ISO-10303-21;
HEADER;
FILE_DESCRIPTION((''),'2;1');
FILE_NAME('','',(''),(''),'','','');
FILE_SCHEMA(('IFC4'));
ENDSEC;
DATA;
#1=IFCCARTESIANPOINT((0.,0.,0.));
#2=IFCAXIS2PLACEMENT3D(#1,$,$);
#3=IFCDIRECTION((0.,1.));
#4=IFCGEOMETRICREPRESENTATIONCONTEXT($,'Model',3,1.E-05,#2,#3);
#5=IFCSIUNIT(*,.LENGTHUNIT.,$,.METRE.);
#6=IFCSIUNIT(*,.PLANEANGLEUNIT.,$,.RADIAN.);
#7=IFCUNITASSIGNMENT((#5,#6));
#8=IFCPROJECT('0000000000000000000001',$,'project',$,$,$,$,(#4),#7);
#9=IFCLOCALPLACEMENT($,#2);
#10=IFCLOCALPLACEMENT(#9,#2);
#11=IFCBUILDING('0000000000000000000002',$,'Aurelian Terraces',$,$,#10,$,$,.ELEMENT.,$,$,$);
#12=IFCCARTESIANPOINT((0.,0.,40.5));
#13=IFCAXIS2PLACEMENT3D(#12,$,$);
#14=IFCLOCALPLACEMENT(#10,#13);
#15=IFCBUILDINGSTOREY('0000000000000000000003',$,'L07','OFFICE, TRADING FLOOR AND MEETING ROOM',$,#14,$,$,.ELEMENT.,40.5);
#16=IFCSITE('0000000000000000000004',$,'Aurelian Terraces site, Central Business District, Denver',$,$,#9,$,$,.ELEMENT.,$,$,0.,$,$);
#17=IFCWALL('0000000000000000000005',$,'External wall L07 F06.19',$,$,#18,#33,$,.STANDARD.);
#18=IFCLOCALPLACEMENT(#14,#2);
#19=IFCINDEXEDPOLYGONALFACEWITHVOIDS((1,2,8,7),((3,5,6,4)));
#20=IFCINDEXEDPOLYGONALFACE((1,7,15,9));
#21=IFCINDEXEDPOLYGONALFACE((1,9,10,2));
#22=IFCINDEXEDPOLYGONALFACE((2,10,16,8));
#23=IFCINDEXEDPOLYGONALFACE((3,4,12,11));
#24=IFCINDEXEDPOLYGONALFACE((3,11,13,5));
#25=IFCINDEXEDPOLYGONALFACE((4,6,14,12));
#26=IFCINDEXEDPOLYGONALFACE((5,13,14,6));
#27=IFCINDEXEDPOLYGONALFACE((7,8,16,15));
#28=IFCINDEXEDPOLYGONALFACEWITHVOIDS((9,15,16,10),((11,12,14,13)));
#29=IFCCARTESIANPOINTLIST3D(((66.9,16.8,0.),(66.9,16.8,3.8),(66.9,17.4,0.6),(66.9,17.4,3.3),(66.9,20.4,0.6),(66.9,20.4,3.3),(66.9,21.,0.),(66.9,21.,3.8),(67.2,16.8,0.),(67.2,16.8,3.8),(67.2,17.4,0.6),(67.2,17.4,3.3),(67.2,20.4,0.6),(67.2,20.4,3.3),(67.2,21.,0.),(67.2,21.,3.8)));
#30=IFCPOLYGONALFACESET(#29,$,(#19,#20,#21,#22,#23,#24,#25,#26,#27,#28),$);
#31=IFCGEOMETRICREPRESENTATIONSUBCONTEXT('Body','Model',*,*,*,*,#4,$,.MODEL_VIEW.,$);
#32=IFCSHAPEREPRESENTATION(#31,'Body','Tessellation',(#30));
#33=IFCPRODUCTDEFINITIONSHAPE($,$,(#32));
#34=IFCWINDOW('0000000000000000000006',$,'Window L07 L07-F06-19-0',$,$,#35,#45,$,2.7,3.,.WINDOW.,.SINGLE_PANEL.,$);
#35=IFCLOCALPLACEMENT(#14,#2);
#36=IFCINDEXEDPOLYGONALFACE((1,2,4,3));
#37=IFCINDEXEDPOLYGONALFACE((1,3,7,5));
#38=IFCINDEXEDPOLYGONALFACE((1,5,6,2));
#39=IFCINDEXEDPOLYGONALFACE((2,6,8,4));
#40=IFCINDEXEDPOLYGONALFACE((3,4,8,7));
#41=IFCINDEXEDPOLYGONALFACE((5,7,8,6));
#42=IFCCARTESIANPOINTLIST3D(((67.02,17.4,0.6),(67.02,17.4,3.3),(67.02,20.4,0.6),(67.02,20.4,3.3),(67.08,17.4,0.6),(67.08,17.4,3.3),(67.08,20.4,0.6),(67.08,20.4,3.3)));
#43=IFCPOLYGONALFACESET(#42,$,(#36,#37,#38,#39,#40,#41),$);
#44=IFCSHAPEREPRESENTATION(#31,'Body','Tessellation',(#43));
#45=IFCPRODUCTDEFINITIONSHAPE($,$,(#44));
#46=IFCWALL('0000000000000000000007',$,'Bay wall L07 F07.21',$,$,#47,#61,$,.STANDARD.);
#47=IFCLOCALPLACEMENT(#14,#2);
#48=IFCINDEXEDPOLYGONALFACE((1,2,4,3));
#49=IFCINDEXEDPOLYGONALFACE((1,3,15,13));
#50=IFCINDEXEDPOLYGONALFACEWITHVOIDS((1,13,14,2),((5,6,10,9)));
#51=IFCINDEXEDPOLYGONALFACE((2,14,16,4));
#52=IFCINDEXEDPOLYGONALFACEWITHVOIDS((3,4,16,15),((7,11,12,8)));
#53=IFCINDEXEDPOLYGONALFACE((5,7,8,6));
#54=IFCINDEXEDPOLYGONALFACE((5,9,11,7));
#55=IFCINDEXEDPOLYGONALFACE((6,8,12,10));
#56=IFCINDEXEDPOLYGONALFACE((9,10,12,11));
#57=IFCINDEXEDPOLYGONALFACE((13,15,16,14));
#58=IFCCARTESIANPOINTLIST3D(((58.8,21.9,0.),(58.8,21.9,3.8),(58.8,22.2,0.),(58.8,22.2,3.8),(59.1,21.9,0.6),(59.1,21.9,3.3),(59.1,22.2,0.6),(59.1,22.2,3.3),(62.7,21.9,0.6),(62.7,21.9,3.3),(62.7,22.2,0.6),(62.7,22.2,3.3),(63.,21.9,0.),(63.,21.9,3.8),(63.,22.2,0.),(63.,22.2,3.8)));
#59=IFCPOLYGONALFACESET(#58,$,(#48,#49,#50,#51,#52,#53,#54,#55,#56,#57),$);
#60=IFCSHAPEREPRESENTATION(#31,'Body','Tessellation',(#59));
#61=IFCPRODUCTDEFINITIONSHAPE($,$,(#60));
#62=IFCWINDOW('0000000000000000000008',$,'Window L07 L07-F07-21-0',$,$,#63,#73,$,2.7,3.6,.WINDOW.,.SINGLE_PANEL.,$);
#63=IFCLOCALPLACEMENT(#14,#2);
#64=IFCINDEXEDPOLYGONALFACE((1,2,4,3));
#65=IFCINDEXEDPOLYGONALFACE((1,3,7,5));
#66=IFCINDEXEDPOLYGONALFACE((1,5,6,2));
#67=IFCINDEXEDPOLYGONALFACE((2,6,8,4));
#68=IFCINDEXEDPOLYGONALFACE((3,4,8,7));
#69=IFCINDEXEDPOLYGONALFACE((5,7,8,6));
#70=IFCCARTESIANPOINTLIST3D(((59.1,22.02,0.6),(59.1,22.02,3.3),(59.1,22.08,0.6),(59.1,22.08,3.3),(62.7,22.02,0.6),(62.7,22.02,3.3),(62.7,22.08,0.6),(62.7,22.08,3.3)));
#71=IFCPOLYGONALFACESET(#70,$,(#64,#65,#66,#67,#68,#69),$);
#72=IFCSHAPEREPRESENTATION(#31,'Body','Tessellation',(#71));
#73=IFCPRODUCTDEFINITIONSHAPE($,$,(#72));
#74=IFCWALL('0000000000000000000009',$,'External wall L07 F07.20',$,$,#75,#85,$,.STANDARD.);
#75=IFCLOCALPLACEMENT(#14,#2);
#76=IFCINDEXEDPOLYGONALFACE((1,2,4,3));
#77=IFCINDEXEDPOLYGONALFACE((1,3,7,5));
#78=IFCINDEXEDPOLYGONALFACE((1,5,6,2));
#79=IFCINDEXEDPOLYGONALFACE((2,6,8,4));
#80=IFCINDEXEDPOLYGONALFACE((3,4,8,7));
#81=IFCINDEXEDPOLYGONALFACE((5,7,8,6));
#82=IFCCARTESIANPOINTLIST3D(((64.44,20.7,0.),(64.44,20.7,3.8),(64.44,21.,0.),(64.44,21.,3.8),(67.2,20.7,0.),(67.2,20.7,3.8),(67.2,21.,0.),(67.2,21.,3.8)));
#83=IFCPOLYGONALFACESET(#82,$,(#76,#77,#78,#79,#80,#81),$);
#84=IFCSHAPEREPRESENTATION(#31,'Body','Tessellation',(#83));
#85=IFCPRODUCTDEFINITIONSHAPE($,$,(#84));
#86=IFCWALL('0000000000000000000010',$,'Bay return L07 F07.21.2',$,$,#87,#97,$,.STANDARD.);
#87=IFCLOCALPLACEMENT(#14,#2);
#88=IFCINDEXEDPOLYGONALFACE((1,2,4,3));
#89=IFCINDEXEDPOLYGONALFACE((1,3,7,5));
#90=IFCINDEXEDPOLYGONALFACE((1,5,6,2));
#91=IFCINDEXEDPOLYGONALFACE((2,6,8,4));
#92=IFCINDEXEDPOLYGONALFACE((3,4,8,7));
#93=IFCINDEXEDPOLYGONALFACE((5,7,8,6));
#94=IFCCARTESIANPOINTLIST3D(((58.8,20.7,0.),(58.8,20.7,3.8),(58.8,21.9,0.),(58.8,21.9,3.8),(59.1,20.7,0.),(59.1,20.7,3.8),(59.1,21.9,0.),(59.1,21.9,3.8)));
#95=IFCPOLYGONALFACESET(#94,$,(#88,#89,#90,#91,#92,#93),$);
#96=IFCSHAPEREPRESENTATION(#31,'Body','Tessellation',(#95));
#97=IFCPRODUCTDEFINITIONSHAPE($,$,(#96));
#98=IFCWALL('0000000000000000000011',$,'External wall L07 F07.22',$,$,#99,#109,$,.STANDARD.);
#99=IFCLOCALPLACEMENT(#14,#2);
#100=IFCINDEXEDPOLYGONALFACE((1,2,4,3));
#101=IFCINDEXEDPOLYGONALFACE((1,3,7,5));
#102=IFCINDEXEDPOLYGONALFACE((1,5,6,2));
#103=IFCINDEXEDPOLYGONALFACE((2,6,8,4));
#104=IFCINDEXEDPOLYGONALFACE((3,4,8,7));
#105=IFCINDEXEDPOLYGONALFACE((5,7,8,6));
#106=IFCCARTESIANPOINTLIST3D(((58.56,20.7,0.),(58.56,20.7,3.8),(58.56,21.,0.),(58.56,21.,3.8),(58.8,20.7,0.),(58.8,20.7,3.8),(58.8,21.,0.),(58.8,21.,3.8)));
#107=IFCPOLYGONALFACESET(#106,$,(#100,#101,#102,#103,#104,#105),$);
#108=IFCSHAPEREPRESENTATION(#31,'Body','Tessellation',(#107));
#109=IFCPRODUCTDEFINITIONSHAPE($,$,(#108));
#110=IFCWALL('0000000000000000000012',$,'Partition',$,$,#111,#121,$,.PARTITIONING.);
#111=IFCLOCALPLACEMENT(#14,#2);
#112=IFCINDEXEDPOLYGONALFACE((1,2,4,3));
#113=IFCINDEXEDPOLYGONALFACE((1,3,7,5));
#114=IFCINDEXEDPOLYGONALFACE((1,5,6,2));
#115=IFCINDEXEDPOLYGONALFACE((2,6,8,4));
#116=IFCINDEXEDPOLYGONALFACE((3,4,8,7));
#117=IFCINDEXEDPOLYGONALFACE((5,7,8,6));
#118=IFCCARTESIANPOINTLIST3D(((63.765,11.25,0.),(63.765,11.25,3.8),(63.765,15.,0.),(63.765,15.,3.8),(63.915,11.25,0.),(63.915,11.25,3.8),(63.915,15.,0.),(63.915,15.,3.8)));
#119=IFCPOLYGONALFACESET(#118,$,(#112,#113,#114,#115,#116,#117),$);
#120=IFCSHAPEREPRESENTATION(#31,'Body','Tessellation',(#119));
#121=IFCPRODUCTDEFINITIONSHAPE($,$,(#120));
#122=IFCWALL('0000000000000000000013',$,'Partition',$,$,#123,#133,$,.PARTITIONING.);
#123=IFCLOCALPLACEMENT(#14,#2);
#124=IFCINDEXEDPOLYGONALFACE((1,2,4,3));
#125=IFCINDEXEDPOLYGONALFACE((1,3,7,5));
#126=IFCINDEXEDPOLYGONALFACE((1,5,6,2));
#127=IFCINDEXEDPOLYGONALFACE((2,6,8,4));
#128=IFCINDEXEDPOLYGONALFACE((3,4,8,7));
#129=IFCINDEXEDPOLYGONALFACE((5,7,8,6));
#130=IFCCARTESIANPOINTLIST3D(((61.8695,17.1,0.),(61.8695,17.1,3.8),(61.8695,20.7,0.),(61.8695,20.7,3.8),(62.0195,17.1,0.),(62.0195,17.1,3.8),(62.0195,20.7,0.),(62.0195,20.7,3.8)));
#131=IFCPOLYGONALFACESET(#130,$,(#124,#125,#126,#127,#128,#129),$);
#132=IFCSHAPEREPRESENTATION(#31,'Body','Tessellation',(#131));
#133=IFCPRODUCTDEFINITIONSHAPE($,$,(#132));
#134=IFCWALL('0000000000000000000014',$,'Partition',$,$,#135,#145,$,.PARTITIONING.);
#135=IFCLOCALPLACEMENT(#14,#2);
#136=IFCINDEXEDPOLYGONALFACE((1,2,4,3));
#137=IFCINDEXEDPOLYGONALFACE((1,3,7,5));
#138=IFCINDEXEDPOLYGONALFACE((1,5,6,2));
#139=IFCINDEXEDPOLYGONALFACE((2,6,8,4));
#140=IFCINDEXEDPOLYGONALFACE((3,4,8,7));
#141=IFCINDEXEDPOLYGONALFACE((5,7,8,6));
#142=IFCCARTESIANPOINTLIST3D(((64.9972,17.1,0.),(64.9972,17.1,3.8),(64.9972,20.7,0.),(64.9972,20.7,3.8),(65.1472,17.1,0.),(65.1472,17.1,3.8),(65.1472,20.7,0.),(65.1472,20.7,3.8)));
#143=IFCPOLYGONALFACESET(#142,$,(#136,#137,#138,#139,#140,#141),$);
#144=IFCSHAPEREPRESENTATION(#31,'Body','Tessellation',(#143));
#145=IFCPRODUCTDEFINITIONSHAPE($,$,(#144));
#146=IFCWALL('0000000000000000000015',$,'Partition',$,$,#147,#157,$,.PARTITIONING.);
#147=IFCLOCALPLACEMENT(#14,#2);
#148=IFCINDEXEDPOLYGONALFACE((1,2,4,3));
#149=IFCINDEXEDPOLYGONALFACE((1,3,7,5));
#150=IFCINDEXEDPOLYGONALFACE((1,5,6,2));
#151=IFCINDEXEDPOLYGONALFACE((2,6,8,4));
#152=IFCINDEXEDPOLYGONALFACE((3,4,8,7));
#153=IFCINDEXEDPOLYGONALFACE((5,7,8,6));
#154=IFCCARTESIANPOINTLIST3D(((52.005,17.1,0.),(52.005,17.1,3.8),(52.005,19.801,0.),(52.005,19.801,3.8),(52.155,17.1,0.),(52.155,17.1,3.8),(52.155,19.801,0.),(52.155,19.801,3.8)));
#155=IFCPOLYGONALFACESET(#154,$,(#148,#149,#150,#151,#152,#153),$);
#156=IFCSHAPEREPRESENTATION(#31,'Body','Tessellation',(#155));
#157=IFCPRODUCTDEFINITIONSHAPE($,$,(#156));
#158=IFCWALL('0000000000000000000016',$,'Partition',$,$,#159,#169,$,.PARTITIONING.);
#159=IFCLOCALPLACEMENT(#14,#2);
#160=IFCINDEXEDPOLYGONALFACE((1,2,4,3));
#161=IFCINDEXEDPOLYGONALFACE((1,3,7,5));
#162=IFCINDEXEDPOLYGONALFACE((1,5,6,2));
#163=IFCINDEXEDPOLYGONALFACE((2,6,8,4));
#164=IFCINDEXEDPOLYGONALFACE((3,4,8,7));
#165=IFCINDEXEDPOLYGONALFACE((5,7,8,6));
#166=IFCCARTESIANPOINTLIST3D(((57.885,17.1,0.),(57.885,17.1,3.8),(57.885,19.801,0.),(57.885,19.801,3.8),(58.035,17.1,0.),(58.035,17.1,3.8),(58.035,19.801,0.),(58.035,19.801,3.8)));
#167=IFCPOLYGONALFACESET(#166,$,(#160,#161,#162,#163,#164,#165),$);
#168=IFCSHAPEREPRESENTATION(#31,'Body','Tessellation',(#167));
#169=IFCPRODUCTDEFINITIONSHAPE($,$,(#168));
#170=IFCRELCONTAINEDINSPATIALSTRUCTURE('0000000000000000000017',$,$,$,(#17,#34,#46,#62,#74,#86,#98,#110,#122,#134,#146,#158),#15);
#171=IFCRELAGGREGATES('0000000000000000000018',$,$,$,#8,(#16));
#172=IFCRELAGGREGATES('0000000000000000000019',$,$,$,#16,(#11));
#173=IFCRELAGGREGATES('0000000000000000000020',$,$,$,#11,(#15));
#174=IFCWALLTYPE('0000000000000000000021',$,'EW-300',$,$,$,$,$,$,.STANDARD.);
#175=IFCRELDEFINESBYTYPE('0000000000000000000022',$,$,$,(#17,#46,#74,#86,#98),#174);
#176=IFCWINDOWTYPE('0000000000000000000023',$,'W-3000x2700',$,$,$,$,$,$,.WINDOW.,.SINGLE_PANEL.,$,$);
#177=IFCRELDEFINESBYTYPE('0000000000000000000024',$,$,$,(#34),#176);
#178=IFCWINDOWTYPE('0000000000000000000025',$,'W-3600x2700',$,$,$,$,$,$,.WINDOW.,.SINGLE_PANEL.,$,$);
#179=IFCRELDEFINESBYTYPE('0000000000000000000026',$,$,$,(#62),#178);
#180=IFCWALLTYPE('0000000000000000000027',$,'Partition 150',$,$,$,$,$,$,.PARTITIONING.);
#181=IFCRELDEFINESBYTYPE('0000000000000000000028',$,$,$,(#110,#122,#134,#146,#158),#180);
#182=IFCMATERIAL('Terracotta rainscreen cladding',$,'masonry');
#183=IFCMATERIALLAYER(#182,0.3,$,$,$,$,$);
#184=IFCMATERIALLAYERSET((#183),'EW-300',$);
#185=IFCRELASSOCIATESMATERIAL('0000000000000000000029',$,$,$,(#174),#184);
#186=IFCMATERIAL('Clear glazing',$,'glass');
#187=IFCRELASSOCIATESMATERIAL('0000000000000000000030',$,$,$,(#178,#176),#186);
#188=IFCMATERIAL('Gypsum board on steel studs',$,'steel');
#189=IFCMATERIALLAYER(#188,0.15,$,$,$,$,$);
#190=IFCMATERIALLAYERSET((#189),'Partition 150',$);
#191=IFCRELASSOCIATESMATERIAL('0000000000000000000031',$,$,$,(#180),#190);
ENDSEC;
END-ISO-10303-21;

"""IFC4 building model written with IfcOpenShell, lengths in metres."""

from ifc_helpers import new_model, si_unit, direction, frame, frame_2d, origin, place, context, subcontext, project, spatial, rectangle, extrude, source, transform, mapped, material, layer, layer_set, type_object, element, fill, save


model = new_model("IFC4")

# Units and contexts
model_context = context("Model", 3, precision=1e-05, world=origin(), true_north=direction((0.0, 1.0)))
body_context = subcontext(model_context, "Body", "Model", "MODEL_VIEW")
ifc_project = project(units=[si_unit("LENGTHUNIT", "METRE"), si_unit("PLANEANGLEUNIT", "RADIAN")], contexts=[model_context])

# Site, building, storey
site_placement = place(None, origin())
site = spatial("IfcSite", under=ifc_project, at=site_placement, Name="Aurelian Terraces site, Central Business District, Denver", CompositionType="ELEMENT", RefElevation=0.0)
building_placement = place(site_placement, origin())
building = spatial("IfcBuilding", under=site, at=building_placement, Name="Aurelian Terraces", CompositionType="ELEMENT")
storey_placement = place(building_placement, frame((0.0, 0.0, 40.5)))
storey = spatial("IfcBuildingStorey", under=building, at=storey_placement, Name="L07", Description="OFFICE, TRADING FLOOR AND MEETING ROOM", CompositionType="ELEMENT", Elevation=40.5)

# Shared definitions
ifc_material_1 = material(Name="Terracotta rainscreen cladding", Category="masonry")
ifc_layer_1 = layer(ifc_material_1, 0.3)
ifc_layer_set_1 = layer_set([ifc_layer_1], Name="EW-300")
wall_type_1 = type_object("IfcWallType", Name="EW-300", PredefinedType="STANDARD", material=ifc_layer_set_1)

# Walls, openings, windows
shared_shape_1 = source(origin(), body_context, "Body", "SweptSolid", [
    extrude(rectangle(XDim=3.6, YDim=2.7, at=frame_2d((1.8, 1.35))), frame((0.0, 0.16, 0.0), z_axis=(0.0, -1.0, 0.0), x_axis=(1.0, 0.0, 0.0)), (0.0, 0.0, 1.0), 0.32),
])
ifc_material_2 = material(Name="Clear glazing", Category="glass")
window_type_1 = type_object("IfcWindowType", Name="W-3600x2700", PartitioningType="SINGLE_PANEL", PredefinedType="WINDOW", material=ifc_material_2)
shared_shape_2 = source(origin(), body_context, "Body", "SweptSolid", [
    extrude(rectangle(XDim=3.6, YDim=2.7, at=frame_2d((1.8, 1.35))), frame((0.0, 0.03, 0.0), z_axis=(0.0, -1.0, 0.0), x_axis=(1.0, 0.0, 0.0)), (0.0, 0.0, 1.0), 0.06),
])
shared_shape_3 = source(origin(), body_context, "Body", "SweptSolid", [
    extrude(rectangle(XDim=4.2, YDim=0.3, at=frame_2d((2.1, 0.0))), origin(), (0.0, 0.0, 1.0), 3.8),
])
wall_1_placement = place(storey_placement, frame((67.05, 16.8, 0.0), z_axis=(0.0, 0.0, 1.0), x_axis=(0.0, 1.0, 0.0)))
wall_1 = element("IfcWall", 1, at=wall_1_placement, inside=storey, type_object=wall_type_1, Name="External wall L07 F06.19", PredefinedType="STANDARD", context=body_context, shape_type="MappedRepresentation", body=[
    mapped(shared_shape_3, transform((0.0, 0.0, 0.0), scale=1.0)),
])
shared_shape_4 = source(origin(), body_context, "Body", "SweptSolid", [
    extrude(rectangle(XDim=3.0, YDim=2.7, at=frame_2d((1.5, 1.35))), frame((0.0, 0.16, 0.0), z_axis=(0.0, -1.0, 0.0), x_axis=(1.0, 0.0, 0.0)), (0.0, 0.0, 1.0), 0.32),
])
opening_1_placement = place(wall_1_placement, frame((0.6, 0.0, 0.6)))
opening_1 = element("IfcOpeningElement", 2, at=opening_1_placement, cuts=wall_1, PredefinedType="OPENING", context=body_context, shape_type="MappedRepresentation", body=[
    mapped(shared_shape_4, transform((0.0, 0.0, 0.0), scale=1.0)),
])
window_type_2 = type_object("IfcWindowType", Name="W-3000x2700", PartitioningType="SINGLE_PANEL", PredefinedType="WINDOW", material=ifc_material_2)
shared_shape_5 = source(origin(), body_context, "Body", "SweptSolid", [
    extrude(rectangle(XDim=3.0, YDim=2.7, at=frame_2d((1.5, 1.35))), frame((0.0, 0.03, 0.0), z_axis=(0.0, -1.0, 0.0), x_axis=(1.0, 0.0, 0.0)), (0.0, 0.0, 1.0), 0.06),
])
window_1_placement = place(opening_1_placement, origin())
window_1 = element("IfcWindow", 3, at=window_1_placement, inside=storey, type_object=window_type_2, Name="Window L07 L07-F06-19-0", OverallHeight=2.7, OverallWidth=3.0, PartitioningType="SINGLE_PANEL", PredefinedType="WINDOW", context=body_context, shape_type="MappedRepresentation", body=[
    mapped(shared_shape_5, transform((0.0, 0.0, 0.0), scale=1.0)),
])
fill(opening_1, window_1)
wall_2_placement = place(storey_placement, frame((63.0, 22.05, 0.0), z_axis=(0.0, 0.0, 1.0), x_axis=(-1.0, 0.0, 0.0)))
wall_2 = element("IfcWall", 4, at=wall_2_placement, inside=storey, type_object=wall_type_1, Name="Bay wall L07 F07.21", PredefinedType="STANDARD", context=body_context, shape_type="MappedRepresentation", body=[
    mapped(shared_shape_3, transform((0.0, 0.0, 0.0), scale=1.0)),
])
opening_2_placement = place(wall_2_placement, frame((0.3, 0.0, 0.6)))
opening_2 = element("IfcOpeningElement", 5, at=opening_2_placement, cuts=wall_2, PredefinedType="OPENING", context=body_context, shape_type="MappedRepresentation", body=[
    mapped(shared_shape_1, transform((0.0, 0.0, 0.0), scale=1.0)),
])
window_2_placement = place(opening_2_placement, origin())
window_2 = element("IfcWindow", 6, at=window_2_placement, inside=storey, type_object=window_type_1, Name="Window L07 L07-F07-21-0", OverallHeight=2.7, OverallWidth=3.6, PartitioningType="SINGLE_PANEL", PredefinedType="WINDOW", context=body_context, shape_type="MappedRepresentation", body=[
    mapped(shared_shape_2, transform((0.0, 0.0, 0.0), scale=1.0)),
])
fill(opening_2, window_2)

# Walls
shared_shape_6 = source(origin(), body_context, "Body", "SweptSolid", [
    extrude(rectangle(XDim=2.76, YDim=0.3, at=frame_2d((1.38, 0.0))), origin(), (0.0, 0.0, 1.0), 3.8),
])
wall_3_placement = place(storey_placement, frame((67.2, 20.85, 0.0), z_axis=(0.0, 0.0, 1.0), x_axis=(-1.0, 0.0, 0.0)))
element("IfcWall", 7, at=wall_3_placement, inside=storey, type_object=wall_type_1, Name="External wall L07 F07.20", PredefinedType="STANDARD", context=body_context, shape_type="MappedRepresentation", body=[
    mapped(shared_shape_6, transform((0.0, 0.0, 0.0), scale=1.0)),
])
shared_shape_7 = source(origin(), body_context, "Body", "SweptSolid", [
    extrude(rectangle(XDim=1.2, YDim=0.3, at=frame_2d((0.6, 0.0))), origin(), (0.0, 0.0, 1.0), 3.8),
])
wall_4_placement = place(storey_placement, frame((58.95, 20.7, 0.0), z_axis=(0.0, 0.0, 1.0), x_axis=(0.0, 1.0, 0.0)))
element("IfcWall", 8, at=wall_4_placement, inside=storey, type_object=wall_type_1, Name="Bay return L07 F07.21.2", PredefinedType="STANDARD", context=body_context, shape_type="MappedRepresentation", body=[
    mapped(shared_shape_7, transform((0.0, 0.0, 0.0), scale=1.0)),
])
shared_shape_8 = source(origin(), body_context, "Body", "SweptSolid", [
    extrude(rectangle(XDim=0.24, YDim=0.3, at=frame_2d((0.12, 0.0))), origin(), (0.0, 0.0, 1.0), 3.8),
])
wall_5_placement = place(storey_placement, frame((58.8, 20.85, 0.0), z_axis=(0.0, 0.0, 1.0), x_axis=(-1.0, 0.0, 0.0)))
element("IfcWall", 9, at=wall_5_placement, inside=storey, type_object=wall_type_1, Name="External wall L07 F07.22", PredefinedType="STANDARD", context=body_context, shape_type="MappedRepresentation", body=[
    mapped(shared_shape_8, transform((0.0, 0.0, 0.0), scale=1.0)),
])
ifc_material_3 = material(Name="Gypsum board on steel studs", Category="steel")
ifc_layer_2 = layer(ifc_material_3, 0.15)
ifc_layer_set_2 = layer_set([ifc_layer_2], Name="Partition 150")
wall_type_2 = type_object("IfcWallType", Name="Partition 150", PredefinedType="PARTITIONING", material=ifc_layer_set_2)
shared_shape_9 = source(origin(), body_context, "Body", "SweptSolid", [
    extrude(rectangle(XDim=3.75, YDim=0.15, at=frame_2d((1.875, 0.0))), origin(), (0.0, 0.0, 1.0), 3.8),
])
wall_6_placement = place(storey_placement, frame((63.84, 11.25, 0.0), z_axis=(0.0, 0.0, 1.0), x_axis=(0.0, 1.0, 0.0)))
element("IfcWall", 10, at=wall_6_placement, inside=storey, type_object=wall_type_2, Name="Partition", PredefinedType="PARTITIONING", context=body_context, shape_type="MappedRepresentation", body=[
    mapped(shared_shape_9, transform((0.0, 0.0, 0.0), scale=1.0)),
])
shared_shape_10 = source(origin(), body_context, "Body", "SweptSolid", [
    extrude(rectangle(XDim=3.6, YDim=0.15, at=frame_2d((1.8, 0.0))), origin(), (0.0, 0.0, 1.0), 3.8),
])
for number, where, z_axis, x_axis, name in (
    (11, (61.9445, 20.7, 0.0), (0.0, 0.0, 1.0), (0.0, -1.0, 0.0), "Partition"),
    (12, (65.0722, 20.7, 0.0), (0.0, 0.0, 1.0), (0.0, -1.0, 0.0), "Partition"),
):
    element("IfcWall", number, at=place(storey_placement, frame(where, z_axis=z_axis, x_axis=x_axis)), inside=storey, type_object=wall_type_2, Name=name, PredefinedType="PARTITIONING", context=body_context, shape_type="MappedRepresentation", body=[
        mapped(shared_shape_10, transform((0.0, 0.0, 0.0), scale=1.0)),
    ])
shared_shape_11 = source(origin(), body_context, "Body", "SweptSolid", [
    extrude(rectangle(XDim=2.701, YDim=0.15, at=frame_2d((1.3505, 0.0))), origin(), (0.0, 0.0, 1.0), 3.8),
])
for number, where, z_axis, x_axis, name in (
    (13, (52.08, 17.1, 0.0), (0.0, 0.0, 1.0), (0.0, 1.0, 0.0), "Partition"),
    (14, (57.96, 17.1, 0.0), (0.0, 0.0, 1.0), (0.0, 1.0, 0.0), "Partition"),
):
    element("IfcWall", number, at=place(storey_placement, frame(where, z_axis=z_axis, x_axis=x_axis)), inside=storey, type_object=wall_type_2, Name=name, PredefinedType="PARTITIONING", context=body_context, shape_type="MappedRepresentation", body=[
        mapped(shared_shape_11, transform((0.0, 0.0, 0.0), scale=1.0)),
    ])

save(model, "model.ifc")
